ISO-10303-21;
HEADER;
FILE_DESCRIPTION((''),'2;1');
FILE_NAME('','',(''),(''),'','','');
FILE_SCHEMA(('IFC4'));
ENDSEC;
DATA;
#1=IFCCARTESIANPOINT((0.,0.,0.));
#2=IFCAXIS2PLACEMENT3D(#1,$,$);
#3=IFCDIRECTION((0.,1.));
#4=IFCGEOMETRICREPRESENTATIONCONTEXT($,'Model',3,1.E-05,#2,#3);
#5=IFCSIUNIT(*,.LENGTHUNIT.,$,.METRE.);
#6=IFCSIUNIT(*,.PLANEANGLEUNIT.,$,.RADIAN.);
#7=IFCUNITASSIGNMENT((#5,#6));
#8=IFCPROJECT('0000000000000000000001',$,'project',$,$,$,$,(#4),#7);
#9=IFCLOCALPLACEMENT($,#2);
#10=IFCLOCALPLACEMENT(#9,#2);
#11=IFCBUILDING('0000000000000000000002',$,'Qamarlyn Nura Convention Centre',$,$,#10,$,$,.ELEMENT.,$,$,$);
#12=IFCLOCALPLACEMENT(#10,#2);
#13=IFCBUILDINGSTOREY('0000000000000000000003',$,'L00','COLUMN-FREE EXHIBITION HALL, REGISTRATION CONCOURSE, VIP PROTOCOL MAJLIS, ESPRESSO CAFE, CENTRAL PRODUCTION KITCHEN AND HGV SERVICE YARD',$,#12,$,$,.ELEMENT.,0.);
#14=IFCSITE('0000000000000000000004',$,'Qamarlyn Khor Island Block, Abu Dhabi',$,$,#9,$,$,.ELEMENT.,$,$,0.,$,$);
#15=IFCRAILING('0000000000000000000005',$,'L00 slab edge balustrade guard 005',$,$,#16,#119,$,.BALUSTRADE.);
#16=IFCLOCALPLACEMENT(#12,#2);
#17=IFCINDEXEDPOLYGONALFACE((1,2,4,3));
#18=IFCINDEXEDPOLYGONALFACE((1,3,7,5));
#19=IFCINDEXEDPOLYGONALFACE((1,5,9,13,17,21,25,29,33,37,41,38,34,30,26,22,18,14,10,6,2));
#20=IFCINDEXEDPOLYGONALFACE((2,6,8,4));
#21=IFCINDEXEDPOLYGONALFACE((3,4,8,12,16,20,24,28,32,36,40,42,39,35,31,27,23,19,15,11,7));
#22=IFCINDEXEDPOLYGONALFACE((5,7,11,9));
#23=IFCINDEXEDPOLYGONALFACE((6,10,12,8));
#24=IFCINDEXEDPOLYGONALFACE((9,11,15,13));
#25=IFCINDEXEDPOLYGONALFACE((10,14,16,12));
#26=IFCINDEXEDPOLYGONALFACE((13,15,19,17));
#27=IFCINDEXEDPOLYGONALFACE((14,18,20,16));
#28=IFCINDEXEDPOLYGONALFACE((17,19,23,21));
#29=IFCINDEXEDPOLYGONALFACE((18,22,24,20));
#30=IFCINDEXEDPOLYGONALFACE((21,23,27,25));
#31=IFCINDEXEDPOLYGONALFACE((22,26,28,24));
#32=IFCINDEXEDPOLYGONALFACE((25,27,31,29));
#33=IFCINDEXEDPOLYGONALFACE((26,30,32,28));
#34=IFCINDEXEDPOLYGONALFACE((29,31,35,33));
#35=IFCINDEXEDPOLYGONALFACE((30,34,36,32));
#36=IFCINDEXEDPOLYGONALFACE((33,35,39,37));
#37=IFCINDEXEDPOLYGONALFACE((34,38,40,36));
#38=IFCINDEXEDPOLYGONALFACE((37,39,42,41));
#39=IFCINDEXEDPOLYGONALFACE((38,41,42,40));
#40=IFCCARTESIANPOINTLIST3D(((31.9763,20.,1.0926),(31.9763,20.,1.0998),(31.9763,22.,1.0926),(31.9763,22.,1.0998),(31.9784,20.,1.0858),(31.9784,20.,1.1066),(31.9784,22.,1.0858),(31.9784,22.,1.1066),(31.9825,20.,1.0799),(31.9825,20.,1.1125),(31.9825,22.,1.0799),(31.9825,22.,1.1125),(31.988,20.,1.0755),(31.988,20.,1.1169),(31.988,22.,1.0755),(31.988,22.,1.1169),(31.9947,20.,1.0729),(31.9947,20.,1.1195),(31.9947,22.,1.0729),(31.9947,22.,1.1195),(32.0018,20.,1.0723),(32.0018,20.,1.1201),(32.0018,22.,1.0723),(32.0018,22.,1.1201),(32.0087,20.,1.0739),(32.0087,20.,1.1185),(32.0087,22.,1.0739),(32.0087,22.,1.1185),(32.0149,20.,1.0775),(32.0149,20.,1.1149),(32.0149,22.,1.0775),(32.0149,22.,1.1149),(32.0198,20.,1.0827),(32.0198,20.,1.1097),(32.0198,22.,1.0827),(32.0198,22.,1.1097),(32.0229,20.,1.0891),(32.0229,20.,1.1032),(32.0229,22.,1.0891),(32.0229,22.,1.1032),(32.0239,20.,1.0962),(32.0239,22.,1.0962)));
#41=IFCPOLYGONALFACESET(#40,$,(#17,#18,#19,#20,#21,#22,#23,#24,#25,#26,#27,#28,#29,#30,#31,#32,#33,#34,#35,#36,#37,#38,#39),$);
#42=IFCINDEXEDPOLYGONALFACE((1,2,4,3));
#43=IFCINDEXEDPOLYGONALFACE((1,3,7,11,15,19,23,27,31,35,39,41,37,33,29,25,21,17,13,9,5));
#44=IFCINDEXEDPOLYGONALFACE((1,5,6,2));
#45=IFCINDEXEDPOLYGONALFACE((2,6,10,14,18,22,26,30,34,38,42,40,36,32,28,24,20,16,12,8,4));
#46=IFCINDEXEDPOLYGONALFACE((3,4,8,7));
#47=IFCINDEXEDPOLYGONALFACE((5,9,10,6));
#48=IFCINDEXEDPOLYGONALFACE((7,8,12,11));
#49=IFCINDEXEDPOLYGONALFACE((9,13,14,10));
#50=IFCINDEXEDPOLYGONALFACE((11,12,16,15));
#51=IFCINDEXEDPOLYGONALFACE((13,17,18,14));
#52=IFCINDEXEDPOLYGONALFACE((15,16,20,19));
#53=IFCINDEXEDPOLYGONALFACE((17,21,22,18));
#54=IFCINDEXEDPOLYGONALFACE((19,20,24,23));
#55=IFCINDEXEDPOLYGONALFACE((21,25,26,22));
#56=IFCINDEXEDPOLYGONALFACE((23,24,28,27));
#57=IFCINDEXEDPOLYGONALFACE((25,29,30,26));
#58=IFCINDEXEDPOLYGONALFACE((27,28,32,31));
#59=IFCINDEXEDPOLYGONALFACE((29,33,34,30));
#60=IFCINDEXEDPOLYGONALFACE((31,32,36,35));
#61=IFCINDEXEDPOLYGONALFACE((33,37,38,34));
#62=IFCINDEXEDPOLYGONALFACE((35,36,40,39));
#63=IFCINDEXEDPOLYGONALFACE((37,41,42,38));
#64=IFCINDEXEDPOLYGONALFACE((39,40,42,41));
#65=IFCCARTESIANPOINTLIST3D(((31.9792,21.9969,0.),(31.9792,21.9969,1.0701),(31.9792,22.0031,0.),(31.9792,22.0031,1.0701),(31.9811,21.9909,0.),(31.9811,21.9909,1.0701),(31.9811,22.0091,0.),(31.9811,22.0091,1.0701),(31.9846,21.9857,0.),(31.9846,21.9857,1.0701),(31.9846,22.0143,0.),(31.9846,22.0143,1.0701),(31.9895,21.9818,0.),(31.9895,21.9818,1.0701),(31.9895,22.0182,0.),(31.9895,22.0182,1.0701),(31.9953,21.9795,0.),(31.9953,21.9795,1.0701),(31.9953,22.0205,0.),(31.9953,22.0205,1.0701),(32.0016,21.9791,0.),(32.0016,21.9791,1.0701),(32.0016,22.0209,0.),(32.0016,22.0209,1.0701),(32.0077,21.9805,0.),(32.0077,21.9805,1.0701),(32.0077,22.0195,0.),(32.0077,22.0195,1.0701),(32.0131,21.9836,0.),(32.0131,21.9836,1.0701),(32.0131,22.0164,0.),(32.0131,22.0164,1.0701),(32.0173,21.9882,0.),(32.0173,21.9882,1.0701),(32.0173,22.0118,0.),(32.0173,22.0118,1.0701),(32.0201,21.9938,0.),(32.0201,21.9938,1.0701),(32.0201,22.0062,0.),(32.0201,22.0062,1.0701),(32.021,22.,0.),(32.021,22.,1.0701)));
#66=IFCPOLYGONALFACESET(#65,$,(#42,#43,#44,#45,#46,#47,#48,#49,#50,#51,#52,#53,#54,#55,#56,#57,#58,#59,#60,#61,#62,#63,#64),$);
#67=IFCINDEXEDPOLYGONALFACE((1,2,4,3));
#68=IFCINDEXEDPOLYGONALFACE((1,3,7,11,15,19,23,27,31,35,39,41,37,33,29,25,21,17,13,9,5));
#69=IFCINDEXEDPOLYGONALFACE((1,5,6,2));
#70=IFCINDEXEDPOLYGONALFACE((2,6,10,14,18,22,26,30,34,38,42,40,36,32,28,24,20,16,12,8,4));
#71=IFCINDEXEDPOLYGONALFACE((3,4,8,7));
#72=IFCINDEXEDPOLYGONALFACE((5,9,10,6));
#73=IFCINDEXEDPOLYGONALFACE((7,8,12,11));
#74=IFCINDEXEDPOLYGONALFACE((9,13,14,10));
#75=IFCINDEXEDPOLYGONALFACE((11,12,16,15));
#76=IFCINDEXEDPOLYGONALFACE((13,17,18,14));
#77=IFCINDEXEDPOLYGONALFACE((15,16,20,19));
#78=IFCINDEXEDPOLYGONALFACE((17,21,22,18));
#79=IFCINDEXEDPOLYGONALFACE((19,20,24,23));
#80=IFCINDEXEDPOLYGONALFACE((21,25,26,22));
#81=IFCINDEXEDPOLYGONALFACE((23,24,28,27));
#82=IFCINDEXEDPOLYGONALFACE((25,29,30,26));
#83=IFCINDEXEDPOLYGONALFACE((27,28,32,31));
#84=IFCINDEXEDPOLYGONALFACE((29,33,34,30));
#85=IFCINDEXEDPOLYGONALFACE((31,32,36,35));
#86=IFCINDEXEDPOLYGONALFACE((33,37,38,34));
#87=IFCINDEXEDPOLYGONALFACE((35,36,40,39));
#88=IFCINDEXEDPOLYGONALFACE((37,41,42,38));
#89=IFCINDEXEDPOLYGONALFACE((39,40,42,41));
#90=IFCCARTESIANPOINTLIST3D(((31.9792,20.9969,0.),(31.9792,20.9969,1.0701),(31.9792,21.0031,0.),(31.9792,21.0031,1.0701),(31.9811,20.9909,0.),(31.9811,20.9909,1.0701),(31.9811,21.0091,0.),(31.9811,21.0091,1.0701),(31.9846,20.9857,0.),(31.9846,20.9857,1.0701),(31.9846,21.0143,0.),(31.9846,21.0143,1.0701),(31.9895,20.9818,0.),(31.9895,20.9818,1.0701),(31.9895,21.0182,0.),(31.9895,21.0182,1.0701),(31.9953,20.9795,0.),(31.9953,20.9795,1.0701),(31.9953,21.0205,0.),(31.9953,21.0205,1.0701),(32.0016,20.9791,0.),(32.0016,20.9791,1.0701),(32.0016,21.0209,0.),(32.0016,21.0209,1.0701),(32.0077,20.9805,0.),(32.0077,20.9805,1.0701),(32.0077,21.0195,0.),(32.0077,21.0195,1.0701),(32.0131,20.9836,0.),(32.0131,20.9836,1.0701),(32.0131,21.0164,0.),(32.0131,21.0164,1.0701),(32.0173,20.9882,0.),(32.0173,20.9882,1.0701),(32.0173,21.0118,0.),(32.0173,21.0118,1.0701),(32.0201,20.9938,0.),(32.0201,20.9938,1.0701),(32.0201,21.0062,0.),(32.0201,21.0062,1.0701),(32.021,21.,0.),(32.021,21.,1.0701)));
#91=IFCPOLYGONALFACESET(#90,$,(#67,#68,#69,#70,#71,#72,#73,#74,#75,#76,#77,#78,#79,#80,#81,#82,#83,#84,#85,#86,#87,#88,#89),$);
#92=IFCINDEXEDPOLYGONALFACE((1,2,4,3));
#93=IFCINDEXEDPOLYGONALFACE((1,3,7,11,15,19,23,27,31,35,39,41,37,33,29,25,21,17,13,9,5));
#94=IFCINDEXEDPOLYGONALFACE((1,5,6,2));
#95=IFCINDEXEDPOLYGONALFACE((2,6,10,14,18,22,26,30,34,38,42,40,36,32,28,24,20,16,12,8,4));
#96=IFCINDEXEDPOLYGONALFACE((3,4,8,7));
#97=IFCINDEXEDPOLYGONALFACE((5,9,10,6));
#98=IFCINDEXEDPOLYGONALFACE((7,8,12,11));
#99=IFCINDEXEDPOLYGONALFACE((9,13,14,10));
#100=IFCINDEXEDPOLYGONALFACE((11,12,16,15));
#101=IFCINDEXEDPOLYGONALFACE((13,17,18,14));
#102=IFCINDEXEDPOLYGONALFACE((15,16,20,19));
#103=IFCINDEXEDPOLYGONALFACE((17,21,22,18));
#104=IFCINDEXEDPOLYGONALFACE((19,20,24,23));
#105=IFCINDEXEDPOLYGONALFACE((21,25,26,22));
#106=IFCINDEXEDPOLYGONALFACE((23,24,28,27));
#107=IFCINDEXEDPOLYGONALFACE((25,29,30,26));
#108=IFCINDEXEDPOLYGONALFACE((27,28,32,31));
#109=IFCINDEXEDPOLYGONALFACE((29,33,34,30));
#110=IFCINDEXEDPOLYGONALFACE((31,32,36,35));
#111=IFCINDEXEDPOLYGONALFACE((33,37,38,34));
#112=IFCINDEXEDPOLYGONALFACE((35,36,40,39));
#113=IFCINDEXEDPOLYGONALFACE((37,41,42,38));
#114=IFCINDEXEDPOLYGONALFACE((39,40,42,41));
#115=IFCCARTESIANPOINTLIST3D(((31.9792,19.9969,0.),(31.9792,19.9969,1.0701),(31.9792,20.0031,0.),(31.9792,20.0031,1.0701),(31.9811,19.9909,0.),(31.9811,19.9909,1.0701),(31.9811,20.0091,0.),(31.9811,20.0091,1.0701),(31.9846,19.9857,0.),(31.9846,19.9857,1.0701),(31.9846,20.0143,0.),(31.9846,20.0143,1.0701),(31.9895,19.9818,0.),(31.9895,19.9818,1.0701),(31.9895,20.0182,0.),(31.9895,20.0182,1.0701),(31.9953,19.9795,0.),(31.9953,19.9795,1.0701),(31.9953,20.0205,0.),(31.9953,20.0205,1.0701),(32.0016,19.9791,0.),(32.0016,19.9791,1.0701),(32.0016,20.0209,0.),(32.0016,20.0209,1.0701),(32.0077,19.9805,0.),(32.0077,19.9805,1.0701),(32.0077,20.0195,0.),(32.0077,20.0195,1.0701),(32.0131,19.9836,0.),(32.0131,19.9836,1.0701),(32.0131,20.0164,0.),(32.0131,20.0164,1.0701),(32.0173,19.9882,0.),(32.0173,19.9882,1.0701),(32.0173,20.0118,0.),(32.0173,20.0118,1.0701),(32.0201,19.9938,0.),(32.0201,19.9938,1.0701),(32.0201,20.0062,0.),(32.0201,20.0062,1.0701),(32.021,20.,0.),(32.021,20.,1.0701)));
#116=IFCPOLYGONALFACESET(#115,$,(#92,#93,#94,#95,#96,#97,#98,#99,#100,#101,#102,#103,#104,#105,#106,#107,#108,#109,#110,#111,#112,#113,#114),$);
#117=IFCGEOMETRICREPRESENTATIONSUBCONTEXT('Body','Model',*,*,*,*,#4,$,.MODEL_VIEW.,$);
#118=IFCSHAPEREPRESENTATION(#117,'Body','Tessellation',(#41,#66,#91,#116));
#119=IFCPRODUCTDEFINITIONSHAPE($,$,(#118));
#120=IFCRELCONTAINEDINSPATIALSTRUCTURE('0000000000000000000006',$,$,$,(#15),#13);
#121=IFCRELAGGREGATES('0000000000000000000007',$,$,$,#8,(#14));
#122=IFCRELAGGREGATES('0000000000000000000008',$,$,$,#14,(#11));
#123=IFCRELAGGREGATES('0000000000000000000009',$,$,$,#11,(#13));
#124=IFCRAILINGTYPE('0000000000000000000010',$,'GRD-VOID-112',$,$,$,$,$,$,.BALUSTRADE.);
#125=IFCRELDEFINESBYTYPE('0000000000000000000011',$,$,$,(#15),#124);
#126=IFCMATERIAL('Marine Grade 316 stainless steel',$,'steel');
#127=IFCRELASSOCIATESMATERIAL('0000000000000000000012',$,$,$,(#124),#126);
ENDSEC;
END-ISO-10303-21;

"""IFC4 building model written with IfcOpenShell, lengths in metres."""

from ifc_helpers import new_model, si_unit, direction, frame, origin, origin_2d, place, context, subcontext, project, spatial, circle, extrude, material, type_object, element, save


model = new_model("IFC4")

# Units and contexts
model_context = context("Model", 3, precision=1e-05, world=origin(), true_north=direction((0.0, 1.0)))
body_context = subcontext(model_context, "Body", "Model", "MODEL_VIEW")
ifc_project = project(units=[si_unit("LENGTHUNIT", "METRE"), si_unit("PLANEANGLEUNIT", "RADIAN")], contexts=[model_context])

# Site, building, storey
site_placement = place(None, origin())
site = spatial("IfcSite", under=ifc_project, at=site_placement, Name="Qamarlyn Khor Island Block, Abu Dhabi", CompositionType="ELEMENT", RefElevation=0.0)
building_placement = place(site_placement, origin())
building = spatial("IfcBuilding", under=site, at=building_placement, Name="Qamarlyn Nura Convention Centre", CompositionType="ELEMENT")
storey_placement = place(building_placement, origin())
storey = spatial("IfcBuildingStorey", under=building, at=storey_placement, Name="L00", Description="COLUMN-FREE EXHIBITION HALL, REGISTRATION CONCOURSE, VIP PROTOCOL MAJLIS, ESPRESSO CAFE, CENTRAL PRODUCTION KITCHEN AND HGV SERVICE YARD", CompositionType="ELEMENT", Elevation=0.0)

# Railing
ifc_material_1 = material(Name="Marine Grade 316 stainless steel", Category="steel")
railing_type = type_object("IfcRailingType", Name="GRD-VOID-112", PredefinedType="BALUSTRADE", material=ifc_material_1)
railing_1_placement = place(storey_placement, frame((32.0, 22.0, 0.0)))
element("IfcRailing", 1, at=railing_1_placement, inside=storey, type_object=railing_type, Name="L00 slab edge balustrade guard 005", PredefinedType="BALUSTRADE", context=body_context, shape_type="SweptSolid", body=[
    extrude(circle(Radius=0.0239, at=origin_2d()), frame((0.0, 0.0, 1.0962), z_axis=(0.0, -1.0, 0.0), x_axis=(1.0, 0.0, 0.0)), (0.0, 0.0, 1.0), 2.0),
    extrude(circle(Radius=0.021, at=origin_2d()), origin(), (0.0, 0.0, 1.0), 1.0701),
    extrude(circle(Radius=0.021, at=origin_2d()), frame((0.0, -1.0, 0.0)), (0.0, 0.0, 1.0), 1.0701),
    extrude(circle(Radius=0.021, at=origin_2d()), frame((0.0, -2.0, 0.0)), (0.0, 0.0, 1.0), 1.0701),
])

save(model, "model.ifc")
